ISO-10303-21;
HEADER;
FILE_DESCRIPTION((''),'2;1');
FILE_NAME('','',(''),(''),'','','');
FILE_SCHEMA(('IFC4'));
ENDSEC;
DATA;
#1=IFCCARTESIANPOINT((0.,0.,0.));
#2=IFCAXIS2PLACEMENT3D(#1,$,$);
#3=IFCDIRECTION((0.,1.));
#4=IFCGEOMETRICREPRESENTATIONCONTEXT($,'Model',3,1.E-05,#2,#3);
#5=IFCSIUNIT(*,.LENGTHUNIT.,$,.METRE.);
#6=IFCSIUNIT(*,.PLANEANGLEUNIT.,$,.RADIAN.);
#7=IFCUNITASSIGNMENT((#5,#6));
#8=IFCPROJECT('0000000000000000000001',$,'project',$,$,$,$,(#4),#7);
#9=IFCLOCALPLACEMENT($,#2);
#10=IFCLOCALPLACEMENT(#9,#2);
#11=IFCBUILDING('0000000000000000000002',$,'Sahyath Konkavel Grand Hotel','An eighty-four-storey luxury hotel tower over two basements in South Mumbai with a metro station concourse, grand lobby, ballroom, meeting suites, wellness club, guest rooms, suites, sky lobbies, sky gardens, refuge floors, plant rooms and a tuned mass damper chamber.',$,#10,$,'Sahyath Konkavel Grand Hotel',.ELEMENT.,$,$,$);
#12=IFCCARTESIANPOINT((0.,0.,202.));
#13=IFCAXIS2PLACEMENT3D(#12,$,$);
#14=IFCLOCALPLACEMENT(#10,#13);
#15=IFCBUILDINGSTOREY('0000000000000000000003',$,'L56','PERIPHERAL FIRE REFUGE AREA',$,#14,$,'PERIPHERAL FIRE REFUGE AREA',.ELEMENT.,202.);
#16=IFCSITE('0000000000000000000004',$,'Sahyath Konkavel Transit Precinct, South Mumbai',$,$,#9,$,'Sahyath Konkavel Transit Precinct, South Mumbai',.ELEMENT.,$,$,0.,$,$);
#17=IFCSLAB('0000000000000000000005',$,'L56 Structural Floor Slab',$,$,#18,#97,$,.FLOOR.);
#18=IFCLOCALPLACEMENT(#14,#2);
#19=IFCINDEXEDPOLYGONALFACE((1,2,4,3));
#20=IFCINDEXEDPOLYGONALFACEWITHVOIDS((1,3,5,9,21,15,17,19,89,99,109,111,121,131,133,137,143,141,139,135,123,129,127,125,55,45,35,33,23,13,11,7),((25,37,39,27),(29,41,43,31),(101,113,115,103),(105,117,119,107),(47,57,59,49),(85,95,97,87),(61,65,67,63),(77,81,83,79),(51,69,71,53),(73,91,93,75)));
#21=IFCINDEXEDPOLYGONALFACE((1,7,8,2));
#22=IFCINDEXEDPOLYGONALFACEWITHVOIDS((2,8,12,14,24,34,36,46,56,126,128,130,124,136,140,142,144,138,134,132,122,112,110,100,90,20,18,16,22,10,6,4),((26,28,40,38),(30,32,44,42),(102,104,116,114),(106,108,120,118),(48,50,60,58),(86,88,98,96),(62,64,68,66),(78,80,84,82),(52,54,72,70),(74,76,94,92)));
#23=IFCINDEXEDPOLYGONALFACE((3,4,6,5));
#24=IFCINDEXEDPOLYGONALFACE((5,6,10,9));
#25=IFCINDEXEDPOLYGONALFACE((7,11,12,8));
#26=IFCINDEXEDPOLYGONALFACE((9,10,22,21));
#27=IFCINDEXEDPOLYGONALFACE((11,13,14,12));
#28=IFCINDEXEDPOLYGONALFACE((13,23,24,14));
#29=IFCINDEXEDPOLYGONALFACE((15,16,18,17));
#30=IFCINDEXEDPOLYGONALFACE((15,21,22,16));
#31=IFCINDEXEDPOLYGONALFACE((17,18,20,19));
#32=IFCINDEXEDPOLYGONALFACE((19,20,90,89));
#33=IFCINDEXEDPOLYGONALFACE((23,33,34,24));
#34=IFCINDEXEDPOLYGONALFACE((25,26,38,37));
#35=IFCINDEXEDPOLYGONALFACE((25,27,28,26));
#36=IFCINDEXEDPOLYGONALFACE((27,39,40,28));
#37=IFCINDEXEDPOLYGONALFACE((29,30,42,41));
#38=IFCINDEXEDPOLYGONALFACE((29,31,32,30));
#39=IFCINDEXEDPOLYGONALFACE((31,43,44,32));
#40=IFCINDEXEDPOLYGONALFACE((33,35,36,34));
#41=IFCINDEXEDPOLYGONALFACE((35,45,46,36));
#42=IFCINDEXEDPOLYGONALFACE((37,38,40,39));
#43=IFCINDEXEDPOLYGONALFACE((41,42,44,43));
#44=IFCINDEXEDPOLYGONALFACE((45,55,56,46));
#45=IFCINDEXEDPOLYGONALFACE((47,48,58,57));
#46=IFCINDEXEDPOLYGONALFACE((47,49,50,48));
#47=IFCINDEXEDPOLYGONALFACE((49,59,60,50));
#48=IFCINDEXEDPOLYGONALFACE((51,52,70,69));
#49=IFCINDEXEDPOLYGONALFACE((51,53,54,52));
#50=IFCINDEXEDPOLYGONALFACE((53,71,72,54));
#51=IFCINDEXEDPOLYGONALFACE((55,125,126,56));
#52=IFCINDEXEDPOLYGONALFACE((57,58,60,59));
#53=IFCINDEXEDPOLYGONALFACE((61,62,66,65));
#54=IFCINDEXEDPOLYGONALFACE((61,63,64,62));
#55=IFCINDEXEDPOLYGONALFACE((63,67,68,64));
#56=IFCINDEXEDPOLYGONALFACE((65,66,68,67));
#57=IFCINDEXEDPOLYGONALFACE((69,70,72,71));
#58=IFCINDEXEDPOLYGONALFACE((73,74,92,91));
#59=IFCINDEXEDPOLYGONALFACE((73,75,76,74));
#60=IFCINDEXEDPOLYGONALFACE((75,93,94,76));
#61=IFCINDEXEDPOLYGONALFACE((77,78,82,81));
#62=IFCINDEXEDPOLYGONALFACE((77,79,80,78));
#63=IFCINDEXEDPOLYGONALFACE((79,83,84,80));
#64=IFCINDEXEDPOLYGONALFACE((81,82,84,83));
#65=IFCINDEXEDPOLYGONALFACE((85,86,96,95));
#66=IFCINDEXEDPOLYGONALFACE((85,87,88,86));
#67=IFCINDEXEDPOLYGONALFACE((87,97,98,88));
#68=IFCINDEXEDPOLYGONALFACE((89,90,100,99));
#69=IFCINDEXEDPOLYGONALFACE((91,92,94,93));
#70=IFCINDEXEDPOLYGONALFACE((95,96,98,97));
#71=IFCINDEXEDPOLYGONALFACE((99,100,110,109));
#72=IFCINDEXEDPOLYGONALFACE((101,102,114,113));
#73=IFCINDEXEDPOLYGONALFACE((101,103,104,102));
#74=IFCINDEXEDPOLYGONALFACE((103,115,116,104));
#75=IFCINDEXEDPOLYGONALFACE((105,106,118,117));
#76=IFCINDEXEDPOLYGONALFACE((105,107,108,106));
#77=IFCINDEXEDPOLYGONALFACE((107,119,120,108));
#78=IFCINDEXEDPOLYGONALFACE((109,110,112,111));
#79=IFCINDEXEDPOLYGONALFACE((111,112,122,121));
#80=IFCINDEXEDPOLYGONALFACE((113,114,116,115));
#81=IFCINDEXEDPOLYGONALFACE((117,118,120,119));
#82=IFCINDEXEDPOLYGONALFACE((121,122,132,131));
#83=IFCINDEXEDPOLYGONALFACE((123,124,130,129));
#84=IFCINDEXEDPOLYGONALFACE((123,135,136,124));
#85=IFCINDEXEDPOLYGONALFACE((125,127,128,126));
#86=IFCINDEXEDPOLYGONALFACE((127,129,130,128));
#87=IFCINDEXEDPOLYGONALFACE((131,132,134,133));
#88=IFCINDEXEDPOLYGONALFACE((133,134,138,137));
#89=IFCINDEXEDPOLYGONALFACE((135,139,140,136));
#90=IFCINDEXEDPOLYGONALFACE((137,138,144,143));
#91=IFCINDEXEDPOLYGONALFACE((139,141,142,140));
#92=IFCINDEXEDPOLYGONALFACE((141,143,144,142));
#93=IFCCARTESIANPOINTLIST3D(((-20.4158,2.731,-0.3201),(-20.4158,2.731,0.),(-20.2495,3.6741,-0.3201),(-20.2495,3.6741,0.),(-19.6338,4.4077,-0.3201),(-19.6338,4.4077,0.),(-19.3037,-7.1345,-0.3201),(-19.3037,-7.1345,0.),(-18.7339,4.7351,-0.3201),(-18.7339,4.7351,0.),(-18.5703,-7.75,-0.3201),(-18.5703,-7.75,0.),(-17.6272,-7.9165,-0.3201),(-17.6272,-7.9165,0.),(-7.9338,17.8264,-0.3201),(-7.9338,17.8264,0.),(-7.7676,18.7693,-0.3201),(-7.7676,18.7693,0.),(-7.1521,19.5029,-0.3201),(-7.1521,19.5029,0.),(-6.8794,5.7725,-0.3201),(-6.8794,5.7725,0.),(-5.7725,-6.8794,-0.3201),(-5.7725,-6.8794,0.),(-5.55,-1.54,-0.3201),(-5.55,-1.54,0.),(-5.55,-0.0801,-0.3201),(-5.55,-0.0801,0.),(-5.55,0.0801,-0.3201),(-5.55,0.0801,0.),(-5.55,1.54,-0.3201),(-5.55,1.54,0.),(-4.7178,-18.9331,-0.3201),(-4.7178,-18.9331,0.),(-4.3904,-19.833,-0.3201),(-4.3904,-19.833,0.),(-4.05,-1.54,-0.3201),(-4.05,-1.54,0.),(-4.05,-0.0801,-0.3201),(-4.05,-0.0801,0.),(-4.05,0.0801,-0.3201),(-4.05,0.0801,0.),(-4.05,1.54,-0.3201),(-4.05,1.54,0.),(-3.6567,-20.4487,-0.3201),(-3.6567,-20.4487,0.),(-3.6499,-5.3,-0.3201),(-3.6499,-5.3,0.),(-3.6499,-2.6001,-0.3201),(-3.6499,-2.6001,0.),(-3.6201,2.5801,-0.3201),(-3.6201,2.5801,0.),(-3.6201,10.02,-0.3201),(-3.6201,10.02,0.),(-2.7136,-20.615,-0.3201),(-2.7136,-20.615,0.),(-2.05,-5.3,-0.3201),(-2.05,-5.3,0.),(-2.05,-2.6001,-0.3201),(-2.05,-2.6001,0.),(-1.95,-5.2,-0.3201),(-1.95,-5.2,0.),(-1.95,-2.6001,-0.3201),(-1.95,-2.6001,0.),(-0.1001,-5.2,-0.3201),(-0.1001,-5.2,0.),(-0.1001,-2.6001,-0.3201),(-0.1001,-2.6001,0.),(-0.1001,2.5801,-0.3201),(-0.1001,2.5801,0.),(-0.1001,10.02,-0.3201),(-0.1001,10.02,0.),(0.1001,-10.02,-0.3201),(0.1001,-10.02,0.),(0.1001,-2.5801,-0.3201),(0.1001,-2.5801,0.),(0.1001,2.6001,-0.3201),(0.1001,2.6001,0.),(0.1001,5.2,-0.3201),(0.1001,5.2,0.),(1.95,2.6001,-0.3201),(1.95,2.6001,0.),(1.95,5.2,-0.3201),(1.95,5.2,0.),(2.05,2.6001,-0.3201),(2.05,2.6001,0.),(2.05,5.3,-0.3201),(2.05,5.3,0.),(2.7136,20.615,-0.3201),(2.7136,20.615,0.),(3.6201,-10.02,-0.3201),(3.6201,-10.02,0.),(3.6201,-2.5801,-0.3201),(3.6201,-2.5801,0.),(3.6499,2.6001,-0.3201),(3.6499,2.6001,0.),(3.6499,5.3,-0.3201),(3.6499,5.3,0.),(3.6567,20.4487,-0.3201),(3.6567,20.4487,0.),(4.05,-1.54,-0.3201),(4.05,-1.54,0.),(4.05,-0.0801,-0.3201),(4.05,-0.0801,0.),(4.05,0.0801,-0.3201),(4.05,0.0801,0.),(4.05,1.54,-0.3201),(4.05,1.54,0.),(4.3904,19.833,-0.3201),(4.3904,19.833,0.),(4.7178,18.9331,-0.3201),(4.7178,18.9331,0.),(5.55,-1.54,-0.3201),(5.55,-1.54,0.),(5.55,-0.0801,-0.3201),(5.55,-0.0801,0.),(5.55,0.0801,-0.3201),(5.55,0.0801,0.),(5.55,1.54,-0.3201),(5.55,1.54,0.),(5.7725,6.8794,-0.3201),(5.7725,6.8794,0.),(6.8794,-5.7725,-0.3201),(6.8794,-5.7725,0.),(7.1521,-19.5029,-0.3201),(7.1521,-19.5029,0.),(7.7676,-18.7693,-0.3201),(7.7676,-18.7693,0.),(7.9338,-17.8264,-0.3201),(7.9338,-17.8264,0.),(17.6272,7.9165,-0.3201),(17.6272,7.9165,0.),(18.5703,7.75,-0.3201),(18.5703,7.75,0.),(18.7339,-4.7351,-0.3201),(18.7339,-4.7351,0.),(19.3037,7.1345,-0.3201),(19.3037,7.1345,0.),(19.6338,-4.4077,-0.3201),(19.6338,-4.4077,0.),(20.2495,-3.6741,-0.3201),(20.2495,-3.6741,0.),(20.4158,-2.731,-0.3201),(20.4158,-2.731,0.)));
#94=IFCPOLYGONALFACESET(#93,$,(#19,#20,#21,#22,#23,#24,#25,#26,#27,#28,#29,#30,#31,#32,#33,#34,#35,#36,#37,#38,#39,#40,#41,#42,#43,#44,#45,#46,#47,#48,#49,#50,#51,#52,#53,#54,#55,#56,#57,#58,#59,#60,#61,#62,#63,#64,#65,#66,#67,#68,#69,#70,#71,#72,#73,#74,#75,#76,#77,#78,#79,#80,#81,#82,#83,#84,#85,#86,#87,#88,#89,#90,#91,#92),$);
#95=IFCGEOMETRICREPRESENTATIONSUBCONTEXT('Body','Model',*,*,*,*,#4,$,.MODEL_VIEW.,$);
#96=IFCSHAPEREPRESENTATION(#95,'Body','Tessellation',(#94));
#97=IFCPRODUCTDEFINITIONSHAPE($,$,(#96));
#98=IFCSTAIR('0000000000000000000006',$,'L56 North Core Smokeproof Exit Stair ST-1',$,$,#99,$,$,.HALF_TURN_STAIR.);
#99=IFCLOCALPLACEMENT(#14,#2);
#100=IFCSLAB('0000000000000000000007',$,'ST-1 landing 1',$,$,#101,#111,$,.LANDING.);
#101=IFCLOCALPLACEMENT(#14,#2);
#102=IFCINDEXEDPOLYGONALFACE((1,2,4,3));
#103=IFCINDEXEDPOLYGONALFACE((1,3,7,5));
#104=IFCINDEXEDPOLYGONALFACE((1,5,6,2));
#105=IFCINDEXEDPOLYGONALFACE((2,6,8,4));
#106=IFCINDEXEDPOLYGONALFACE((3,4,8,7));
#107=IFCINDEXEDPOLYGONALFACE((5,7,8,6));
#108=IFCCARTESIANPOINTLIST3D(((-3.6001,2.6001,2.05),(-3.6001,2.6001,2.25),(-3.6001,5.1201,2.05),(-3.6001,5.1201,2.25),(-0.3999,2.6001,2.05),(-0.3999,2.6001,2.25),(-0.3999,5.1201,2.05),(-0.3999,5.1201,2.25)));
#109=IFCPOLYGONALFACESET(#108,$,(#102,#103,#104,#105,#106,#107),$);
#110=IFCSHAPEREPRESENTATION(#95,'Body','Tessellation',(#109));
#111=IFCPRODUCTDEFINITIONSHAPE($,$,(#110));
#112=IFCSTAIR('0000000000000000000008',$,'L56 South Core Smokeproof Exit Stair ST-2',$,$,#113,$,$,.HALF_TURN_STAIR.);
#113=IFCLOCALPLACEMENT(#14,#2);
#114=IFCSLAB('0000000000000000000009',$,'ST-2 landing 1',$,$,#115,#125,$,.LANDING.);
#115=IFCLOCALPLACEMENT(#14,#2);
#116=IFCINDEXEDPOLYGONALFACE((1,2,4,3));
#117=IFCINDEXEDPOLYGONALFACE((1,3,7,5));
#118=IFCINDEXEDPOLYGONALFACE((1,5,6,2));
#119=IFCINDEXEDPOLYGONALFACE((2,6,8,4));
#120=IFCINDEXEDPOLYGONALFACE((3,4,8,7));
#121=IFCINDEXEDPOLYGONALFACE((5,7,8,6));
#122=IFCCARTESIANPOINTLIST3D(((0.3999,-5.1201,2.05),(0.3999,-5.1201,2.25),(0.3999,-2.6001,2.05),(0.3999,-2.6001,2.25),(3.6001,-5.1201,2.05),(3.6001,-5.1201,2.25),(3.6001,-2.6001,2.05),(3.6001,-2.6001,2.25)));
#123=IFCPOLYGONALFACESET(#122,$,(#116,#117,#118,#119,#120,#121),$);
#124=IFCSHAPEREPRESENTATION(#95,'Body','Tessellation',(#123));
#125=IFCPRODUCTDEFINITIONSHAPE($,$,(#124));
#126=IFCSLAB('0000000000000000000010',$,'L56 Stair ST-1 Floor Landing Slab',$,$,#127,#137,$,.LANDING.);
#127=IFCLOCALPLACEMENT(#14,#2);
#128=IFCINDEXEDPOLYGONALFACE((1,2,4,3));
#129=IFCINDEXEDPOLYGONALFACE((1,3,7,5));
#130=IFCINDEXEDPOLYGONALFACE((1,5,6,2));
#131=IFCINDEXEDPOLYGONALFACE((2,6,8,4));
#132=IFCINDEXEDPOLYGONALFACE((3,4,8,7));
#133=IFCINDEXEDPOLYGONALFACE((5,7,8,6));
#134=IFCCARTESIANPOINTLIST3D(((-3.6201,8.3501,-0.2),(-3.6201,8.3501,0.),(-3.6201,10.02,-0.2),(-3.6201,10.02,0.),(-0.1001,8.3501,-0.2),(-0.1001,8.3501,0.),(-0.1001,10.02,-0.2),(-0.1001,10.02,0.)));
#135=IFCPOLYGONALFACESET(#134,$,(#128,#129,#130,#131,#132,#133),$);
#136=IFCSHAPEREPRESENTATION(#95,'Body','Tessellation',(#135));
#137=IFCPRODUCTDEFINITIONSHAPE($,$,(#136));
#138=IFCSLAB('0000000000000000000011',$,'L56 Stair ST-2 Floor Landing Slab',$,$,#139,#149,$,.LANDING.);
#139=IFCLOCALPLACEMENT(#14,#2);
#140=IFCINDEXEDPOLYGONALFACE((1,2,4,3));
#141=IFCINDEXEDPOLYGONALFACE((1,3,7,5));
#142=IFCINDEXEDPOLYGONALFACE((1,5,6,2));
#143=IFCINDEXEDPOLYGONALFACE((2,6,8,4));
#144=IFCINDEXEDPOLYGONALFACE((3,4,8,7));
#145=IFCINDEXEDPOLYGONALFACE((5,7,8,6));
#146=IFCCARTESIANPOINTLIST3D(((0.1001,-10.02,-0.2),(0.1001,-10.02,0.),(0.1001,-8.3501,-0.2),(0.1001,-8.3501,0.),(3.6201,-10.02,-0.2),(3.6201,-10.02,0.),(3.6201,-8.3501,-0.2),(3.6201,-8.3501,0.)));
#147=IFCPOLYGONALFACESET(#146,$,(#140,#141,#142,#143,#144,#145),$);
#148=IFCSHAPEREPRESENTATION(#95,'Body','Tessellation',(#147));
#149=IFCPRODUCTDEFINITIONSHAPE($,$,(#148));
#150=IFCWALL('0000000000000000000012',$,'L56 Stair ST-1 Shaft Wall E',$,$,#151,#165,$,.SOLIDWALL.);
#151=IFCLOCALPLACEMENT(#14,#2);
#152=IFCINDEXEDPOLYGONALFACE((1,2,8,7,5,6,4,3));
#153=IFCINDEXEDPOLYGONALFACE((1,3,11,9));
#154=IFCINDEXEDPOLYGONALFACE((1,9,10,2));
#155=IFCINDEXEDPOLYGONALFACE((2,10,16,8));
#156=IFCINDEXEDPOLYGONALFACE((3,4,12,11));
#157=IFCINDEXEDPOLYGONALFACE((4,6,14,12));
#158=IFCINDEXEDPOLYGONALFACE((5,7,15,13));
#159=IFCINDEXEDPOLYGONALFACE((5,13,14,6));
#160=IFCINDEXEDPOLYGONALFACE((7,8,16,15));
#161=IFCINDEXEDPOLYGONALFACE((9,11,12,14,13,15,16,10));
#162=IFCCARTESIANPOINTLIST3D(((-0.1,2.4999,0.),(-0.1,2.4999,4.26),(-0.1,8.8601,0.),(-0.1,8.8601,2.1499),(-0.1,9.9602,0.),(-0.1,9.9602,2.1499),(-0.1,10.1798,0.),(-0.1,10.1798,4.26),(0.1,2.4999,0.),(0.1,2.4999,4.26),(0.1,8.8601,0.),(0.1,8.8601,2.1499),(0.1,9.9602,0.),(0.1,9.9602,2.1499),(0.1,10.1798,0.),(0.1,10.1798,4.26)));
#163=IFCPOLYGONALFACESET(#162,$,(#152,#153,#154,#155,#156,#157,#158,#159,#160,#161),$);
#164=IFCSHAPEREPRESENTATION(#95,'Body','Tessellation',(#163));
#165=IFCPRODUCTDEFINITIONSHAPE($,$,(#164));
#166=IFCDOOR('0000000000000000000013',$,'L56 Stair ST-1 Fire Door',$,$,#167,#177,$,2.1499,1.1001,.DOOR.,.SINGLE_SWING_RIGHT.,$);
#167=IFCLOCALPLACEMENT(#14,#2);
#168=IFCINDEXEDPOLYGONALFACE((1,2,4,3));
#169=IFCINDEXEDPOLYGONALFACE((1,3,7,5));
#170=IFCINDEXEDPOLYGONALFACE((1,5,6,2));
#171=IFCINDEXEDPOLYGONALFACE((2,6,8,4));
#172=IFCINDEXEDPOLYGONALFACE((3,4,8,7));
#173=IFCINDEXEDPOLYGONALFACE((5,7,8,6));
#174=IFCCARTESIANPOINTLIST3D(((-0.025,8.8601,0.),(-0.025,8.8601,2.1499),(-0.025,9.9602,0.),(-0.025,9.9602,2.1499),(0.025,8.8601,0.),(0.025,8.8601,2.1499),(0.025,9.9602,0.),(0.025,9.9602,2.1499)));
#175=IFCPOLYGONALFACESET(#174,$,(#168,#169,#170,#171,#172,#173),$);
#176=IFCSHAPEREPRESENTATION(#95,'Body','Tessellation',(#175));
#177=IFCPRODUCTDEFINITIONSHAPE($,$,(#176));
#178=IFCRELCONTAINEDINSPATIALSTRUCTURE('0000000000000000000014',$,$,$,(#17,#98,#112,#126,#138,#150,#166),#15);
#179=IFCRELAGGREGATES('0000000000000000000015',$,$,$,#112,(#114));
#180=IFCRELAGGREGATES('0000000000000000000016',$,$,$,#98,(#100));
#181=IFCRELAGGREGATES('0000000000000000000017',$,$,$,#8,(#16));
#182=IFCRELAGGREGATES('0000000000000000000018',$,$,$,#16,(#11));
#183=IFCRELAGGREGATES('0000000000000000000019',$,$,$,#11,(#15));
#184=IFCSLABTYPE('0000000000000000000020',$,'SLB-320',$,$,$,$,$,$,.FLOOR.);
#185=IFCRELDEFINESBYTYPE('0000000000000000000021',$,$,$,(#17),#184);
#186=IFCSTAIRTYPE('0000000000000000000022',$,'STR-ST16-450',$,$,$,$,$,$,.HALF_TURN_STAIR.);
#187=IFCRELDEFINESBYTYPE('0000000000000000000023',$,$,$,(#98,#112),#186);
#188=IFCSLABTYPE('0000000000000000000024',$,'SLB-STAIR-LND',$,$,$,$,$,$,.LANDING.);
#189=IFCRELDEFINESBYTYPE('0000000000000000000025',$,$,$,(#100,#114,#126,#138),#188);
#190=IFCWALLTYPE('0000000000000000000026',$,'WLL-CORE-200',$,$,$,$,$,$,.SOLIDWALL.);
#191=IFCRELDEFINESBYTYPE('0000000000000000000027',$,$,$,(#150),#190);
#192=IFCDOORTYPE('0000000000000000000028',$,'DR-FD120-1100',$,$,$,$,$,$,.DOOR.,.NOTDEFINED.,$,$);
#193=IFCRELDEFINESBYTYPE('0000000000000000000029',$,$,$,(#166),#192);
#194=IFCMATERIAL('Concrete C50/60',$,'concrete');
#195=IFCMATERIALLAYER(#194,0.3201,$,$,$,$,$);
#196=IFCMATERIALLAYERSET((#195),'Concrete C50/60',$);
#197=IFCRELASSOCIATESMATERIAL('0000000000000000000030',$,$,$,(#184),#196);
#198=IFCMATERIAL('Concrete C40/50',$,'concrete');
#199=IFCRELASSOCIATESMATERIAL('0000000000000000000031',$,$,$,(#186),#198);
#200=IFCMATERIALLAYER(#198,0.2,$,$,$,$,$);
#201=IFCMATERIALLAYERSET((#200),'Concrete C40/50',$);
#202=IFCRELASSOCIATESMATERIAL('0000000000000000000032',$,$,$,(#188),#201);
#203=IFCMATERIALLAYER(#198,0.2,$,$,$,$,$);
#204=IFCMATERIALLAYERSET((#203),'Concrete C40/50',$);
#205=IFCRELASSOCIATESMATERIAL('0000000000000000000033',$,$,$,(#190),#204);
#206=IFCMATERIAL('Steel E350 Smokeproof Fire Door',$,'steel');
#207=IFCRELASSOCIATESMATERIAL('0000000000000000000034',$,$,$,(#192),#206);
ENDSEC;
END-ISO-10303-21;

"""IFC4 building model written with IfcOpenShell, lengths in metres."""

from ifc_helpers import new_model, si_unit, direction, frame, frame_2d, origin, origin_2d, place, context, subcontext, project, spatial, polyline, rectangle, outline, extrude, source, transform, mapped, material, layer, layer_set, type_object, element, fill, aggregate, save


model = new_model("IFC4")

# Units and contexts
model_context = context("Model", 3, precision=1e-05, world=origin(), true_north=direction((0.0, 1.0)))
body_context = subcontext(model_context, "Body", "Model", "MODEL_VIEW")
ifc_project = project(units=[si_unit("LENGTHUNIT", "METRE"), si_unit("PLANEANGLEUNIT", "RADIAN")], contexts=[model_context])

# Site, building, storey
site_placement = place(None, origin())
site = spatial("IfcSite", under=ifc_project, at=site_placement, Name="Sahyath Konkavel Transit Precinct, South Mumbai", LongName="Sahyath Konkavel Transit Precinct, South Mumbai", CompositionType="ELEMENT", RefElevation=0.0)
building_placement = place(site_placement, origin())
building = spatial("IfcBuilding", under=site, at=building_placement, Name="Sahyath Konkavel Grand Hotel", Description="An eighty-four-storey luxury hotel tower over two basements in South Mumbai with a metro station concourse, grand lobby, ballroom, meeting suites, wellness club, guest rooms, suites, sky lobbies, sky gardens, refuge floors, plant rooms and a tuned mass damper chamber.", LongName="Sahyath Konkavel Grand Hotel", CompositionType="ELEMENT")
storey_placement = place(building_placement, frame((0.0, 0.0, 202.0)))
storey = spatial("IfcBuildingStorey", under=building, at=storey_placement, Name="L56", Description="PERIPHERAL FIRE REFUGE AREA", LongName="PERIPHERAL FIRE REFUGE AREA", CompositionType="ELEMENT", Elevation=202.0)

# Shared definitions
ifc_material_1 = material(Name="Concrete C50/60", Category="concrete")

# Slab
ifc_layer_1 = layer(ifc_material_1, 0.3201)
ifc_layer_set_1 = layer_set([ifc_layer_1], Name="Concrete C50/60")
slab_type_1 = type_object("IfcSlabType", Name="SLB-320", PredefinedType="FLOOR", material=ifc_layer_set_1)
slab_1_placement = place(storey_placement, frame((0.0, 0.0, -0.3201)))
element("IfcSlab", 1, at=slab_1_placement, inside=storey, type_object=slab_type_1, Name="L56 Structural Floor Slab", PredefinedType="FLOOR", context=body_context, shape_type="SweptSolid", body=[
    extrude(outline(polyline([(6.8794, -5.7725), (18.7339, -4.7351), (19.6338, -4.4077), (20.2495, -3.6741), (20.4158, -2.731), (19.3037, 7.1345), (18.5703, 7.75), (17.6272, 7.9165), (5.7725, 6.8794), (4.7178, 18.9331), (4.3904, 19.833), (3.6567, 20.4487), (2.7136, 20.615), (-7.1521, 19.5029), (-7.7676, 18.7693), (-7.9338, 17.8264), (-6.8794, 5.7725), (-18.7339, 4.7351), (-19.6338, 4.4077), (-20.2495, 3.6741), (-20.4158, 2.731), (-19.3037, -7.1345), (-18.5703, -7.75), (-17.6272, -7.9165), (-5.7725, -6.8794), (-4.7178, -18.9331), (-4.3904, -19.833), (-3.6567, -20.4487), (-2.7136, -20.615), (7.1521, -19.5029), (7.7676, -18.7693), (7.9338, -17.8264), (6.8794, -5.7725)]), holes=[polyline([(-3.6201, 2.5801), (-0.1001, 2.5801), (-0.1001, 10.02), (-3.6201, 10.02), (-3.6201, 2.5801)]), polyline([(0.1001, -10.02), (3.6201, -10.02), (3.6201, -2.5801), (0.1001, -2.5801), (0.1001, -10.02)]), polyline([(0.1001, 2.6001), (1.95, 2.6001), (1.95, 5.2), (0.1001, 5.2), (0.1001, 2.6001)]), polyline([(-1.95, -5.2), (-0.1001, -5.2), (-0.1001, -2.6001), (-1.95, -2.6001), (-1.95, -5.2)]), polyline([(2.05, 2.6001), (3.6499, 2.6001), (3.6499, 5.3), (2.05, 5.3), (2.05, 2.6001)]), polyline([(-3.6499, -5.3), (-2.05, -5.3), (-2.05, -2.6001), (-3.6499, -2.6001), (-3.6499, -5.3)]), polyline([(4.05, 0.0801), (5.55, 0.0801), (5.55, 1.54), (4.05, 1.54), (4.05, 0.0801)]), polyline([(4.05, -1.54), (5.55, -1.54), (5.55, -0.0801), (4.05, -0.0801), (4.05, -1.54)]), polyline([(-5.55, 0.0801), (-4.05, 0.0801), (-4.05, 1.54), (-5.55, 1.54), (-5.55, 0.0801)]), polyline([(-5.55, -1.54), (-4.05, -1.54), (-4.05, -0.0801), (-5.55, -0.0801), (-5.55, -1.54)])]), origin(), (0.0, 0.0, 1.0), 0.3201),
])

# Stairs, slabs
ifc_material_2 = material(Name="Concrete C40/50", Category="concrete")
stair_type = type_object("IfcStairType", Name="STR-ST16-450", PredefinedType="HALF_TURN_STAIR", material=ifc_material_2)
stair_1_placement = place(storey_placement, origin())
stair_1 = element("IfcStair", 2, at=stair_1_placement, inside=storey, type_object=stair_type, Name="L56 North Core Smokeproof Exit Stair ST-1", PredefinedType="HALF_TURN_STAIR")
ifc_layer_2 = layer(ifc_material_2, 0.2)
ifc_layer_set_2 = layer_set([ifc_layer_2], Name="Concrete C40/50")
slab_type_2 = type_object("IfcSlabType", Name="SLB-STAIR-LND", PredefinedType="LANDING", material=ifc_layer_set_2)
slab_2_placement = place(storey_placement, frame((0.0, 0.0, 2.05)))
slab_2 = element("IfcSlab", 3, at=slab_2_placement, type_object=slab_type_2, Name="ST-1 landing 1", PredefinedType="LANDING", context=body_context, shape_type="SweptSolid", body=[
    extrude(outline(polyline([(-3.6001, 5.1201), (-3.6001, 2.6001), (-0.3999, 2.6001), (-0.3999, 5.1201), (-3.6001, 5.1201)])), origin(), (0.0, 0.0, 1.0), 0.2),
])
stair_2_placement = place(storey_placement, origin())
stair_2 = element("IfcStair", 4, at=stair_2_placement, inside=storey, type_object=stair_type, Name="L56 South Core Smokeproof Exit Stair ST-2", PredefinedType="HALF_TURN_STAIR")
slab_3_placement = place(storey_placement, frame((0.0, 0.0, 2.05)))
slab_3 = element("IfcSlab", 5, at=slab_3_placement, type_object=slab_type_2, Name="ST-2 landing 1", PredefinedType="LANDING", context=body_context, shape_type="SweptSolid", body=[
    extrude(outline(polyline([(3.6001, -5.1201), (3.6001, -2.6001), (0.3999, -2.6001), (0.3999, -5.1201), (3.6001, -5.1201)])), origin(), (0.0, 0.0, 1.0), 0.2),
])
aggregate(stair_2, [slab_3])

# Slabs
slab_4_placement = place(storey_placement, frame((0.0, 0.0, -0.2)))
element("IfcSlab", 6, at=slab_4_placement, inside=storey, type_object=slab_type_2, Name="L56 Stair ST-1 Floor Landing Slab", PredefinedType="LANDING", context=body_context, shape_type="SweptSolid", body=[
    extrude(outline(polyline([(-3.6201, 8.3501), (-0.1001, 8.3501), (-0.1001, 10.02), (-3.6201, 10.02), (-3.6201, 8.3501)])), origin(), (0.0, 0.0, 1.0), 0.2),
])
slab_5_placement = place(storey_placement, frame((0.0, 0.0, -0.2)))
element("IfcSlab", 7, at=slab_5_placement, inside=storey, type_object=slab_type_2, Name="L56 Stair ST-2 Floor Landing Slab", PredefinedType="LANDING", context=body_context, shape_type="SweptSolid", body=[
    extrude(outline(polyline([(0.1001, -10.02), (3.6201, -10.02), (3.6201, -8.3501), (0.1001, -8.3501), (0.1001, -10.02)])), origin(), (0.0, 0.0, 1.0), 0.2),
])

# Wall, opening, door
ifc_layer_3 = layer(ifc_material_2, 0.2)
ifc_layer_set_3 = layer_set([ifc_layer_3], Name="Concrete C40/50")
wall_type = type_object("IfcWallType", Name="WLL-CORE-200", PredefinedType="SOLIDWALL", material=ifc_layer_set_3)
wall_1_placement = place(storey_placement, frame((0.0, 2.5, 0.0), z_axis=(0.0, 0.0, 1.0), x_axis=(0.0, 1.0, 0.0)))
wall_1 = element("IfcWall", 8, at=wall_1_placement, inside=storey, type_object=wall_type, Name="L56 Stair ST-1 Shaft Wall E", PredefinedType="SOLIDWALL", context=body_context, shape_type="SweptSolid", body=[
    extrude(rectangle(XDim=7.6799, YDim=0.2, at=frame_2d((3.8398, 0.0))), origin(), (0.0, 0.0, 1.0), 4.26),
])
opening_1_placement = place(wall_1_placement, frame((6.3601, 0.0, 0.0)))
opening_1 = element("IfcOpeningElement", 9, at=opening_1_placement, cuts=wall_1, PredefinedType="OPENING", context=body_context, shape_type="SweptSolid", body=[
    extrude(rectangle(XDim=1.1001, YDim=2.1499, at=frame_2d((0.55, 1.075))), frame((0.0, 0.1099, 0.0), z_axis=(0.0, -1.0, 0.0), x_axis=(1.0, 0.0, 0.0)), (0.0, 0.0, 1.0), 0.22),
])
ifc_material_3 = material(Name="Steel E350 Smokeproof Fire Door", Category="steel")
door_type_1 = type_object("IfcDoorType", Name="DR-FD120-1100", OperationType="NOTDEFINED", PredefinedType="DOOR", material=ifc_material_3)
shared_shape_1 = source(origin(), body_context, "Body", "SweptSolid", [
    extrude(rectangle(XDim=1.1001, YDim=0.05, at=origin_2d()), origin(), (0.0, 0.0, 1.0), 2.1499),
])
door_1_placement = place(opening_1_placement, frame((0.55, 0.0, 0.0)))
door_1 = element("IfcDoor", 10, at=door_1_placement, inside=storey, type_object=door_type_1, Name="L56 Stair ST-1 Fire Door", OperationType="SINGLE_SWING_RIGHT", OverallHeight=2.1499, OverallWidth=1.1001, PredefinedType="DOOR", context=body_context, shape_type="MappedRepresentation", body=[
    mapped(shared_shape_1, transform((0.0, 0.0, 0.0), scale=1.0)),
])
fill(opening_1, door_1)

aggregate(stair_1, [slab_2])

save(model, "model.ifc")
